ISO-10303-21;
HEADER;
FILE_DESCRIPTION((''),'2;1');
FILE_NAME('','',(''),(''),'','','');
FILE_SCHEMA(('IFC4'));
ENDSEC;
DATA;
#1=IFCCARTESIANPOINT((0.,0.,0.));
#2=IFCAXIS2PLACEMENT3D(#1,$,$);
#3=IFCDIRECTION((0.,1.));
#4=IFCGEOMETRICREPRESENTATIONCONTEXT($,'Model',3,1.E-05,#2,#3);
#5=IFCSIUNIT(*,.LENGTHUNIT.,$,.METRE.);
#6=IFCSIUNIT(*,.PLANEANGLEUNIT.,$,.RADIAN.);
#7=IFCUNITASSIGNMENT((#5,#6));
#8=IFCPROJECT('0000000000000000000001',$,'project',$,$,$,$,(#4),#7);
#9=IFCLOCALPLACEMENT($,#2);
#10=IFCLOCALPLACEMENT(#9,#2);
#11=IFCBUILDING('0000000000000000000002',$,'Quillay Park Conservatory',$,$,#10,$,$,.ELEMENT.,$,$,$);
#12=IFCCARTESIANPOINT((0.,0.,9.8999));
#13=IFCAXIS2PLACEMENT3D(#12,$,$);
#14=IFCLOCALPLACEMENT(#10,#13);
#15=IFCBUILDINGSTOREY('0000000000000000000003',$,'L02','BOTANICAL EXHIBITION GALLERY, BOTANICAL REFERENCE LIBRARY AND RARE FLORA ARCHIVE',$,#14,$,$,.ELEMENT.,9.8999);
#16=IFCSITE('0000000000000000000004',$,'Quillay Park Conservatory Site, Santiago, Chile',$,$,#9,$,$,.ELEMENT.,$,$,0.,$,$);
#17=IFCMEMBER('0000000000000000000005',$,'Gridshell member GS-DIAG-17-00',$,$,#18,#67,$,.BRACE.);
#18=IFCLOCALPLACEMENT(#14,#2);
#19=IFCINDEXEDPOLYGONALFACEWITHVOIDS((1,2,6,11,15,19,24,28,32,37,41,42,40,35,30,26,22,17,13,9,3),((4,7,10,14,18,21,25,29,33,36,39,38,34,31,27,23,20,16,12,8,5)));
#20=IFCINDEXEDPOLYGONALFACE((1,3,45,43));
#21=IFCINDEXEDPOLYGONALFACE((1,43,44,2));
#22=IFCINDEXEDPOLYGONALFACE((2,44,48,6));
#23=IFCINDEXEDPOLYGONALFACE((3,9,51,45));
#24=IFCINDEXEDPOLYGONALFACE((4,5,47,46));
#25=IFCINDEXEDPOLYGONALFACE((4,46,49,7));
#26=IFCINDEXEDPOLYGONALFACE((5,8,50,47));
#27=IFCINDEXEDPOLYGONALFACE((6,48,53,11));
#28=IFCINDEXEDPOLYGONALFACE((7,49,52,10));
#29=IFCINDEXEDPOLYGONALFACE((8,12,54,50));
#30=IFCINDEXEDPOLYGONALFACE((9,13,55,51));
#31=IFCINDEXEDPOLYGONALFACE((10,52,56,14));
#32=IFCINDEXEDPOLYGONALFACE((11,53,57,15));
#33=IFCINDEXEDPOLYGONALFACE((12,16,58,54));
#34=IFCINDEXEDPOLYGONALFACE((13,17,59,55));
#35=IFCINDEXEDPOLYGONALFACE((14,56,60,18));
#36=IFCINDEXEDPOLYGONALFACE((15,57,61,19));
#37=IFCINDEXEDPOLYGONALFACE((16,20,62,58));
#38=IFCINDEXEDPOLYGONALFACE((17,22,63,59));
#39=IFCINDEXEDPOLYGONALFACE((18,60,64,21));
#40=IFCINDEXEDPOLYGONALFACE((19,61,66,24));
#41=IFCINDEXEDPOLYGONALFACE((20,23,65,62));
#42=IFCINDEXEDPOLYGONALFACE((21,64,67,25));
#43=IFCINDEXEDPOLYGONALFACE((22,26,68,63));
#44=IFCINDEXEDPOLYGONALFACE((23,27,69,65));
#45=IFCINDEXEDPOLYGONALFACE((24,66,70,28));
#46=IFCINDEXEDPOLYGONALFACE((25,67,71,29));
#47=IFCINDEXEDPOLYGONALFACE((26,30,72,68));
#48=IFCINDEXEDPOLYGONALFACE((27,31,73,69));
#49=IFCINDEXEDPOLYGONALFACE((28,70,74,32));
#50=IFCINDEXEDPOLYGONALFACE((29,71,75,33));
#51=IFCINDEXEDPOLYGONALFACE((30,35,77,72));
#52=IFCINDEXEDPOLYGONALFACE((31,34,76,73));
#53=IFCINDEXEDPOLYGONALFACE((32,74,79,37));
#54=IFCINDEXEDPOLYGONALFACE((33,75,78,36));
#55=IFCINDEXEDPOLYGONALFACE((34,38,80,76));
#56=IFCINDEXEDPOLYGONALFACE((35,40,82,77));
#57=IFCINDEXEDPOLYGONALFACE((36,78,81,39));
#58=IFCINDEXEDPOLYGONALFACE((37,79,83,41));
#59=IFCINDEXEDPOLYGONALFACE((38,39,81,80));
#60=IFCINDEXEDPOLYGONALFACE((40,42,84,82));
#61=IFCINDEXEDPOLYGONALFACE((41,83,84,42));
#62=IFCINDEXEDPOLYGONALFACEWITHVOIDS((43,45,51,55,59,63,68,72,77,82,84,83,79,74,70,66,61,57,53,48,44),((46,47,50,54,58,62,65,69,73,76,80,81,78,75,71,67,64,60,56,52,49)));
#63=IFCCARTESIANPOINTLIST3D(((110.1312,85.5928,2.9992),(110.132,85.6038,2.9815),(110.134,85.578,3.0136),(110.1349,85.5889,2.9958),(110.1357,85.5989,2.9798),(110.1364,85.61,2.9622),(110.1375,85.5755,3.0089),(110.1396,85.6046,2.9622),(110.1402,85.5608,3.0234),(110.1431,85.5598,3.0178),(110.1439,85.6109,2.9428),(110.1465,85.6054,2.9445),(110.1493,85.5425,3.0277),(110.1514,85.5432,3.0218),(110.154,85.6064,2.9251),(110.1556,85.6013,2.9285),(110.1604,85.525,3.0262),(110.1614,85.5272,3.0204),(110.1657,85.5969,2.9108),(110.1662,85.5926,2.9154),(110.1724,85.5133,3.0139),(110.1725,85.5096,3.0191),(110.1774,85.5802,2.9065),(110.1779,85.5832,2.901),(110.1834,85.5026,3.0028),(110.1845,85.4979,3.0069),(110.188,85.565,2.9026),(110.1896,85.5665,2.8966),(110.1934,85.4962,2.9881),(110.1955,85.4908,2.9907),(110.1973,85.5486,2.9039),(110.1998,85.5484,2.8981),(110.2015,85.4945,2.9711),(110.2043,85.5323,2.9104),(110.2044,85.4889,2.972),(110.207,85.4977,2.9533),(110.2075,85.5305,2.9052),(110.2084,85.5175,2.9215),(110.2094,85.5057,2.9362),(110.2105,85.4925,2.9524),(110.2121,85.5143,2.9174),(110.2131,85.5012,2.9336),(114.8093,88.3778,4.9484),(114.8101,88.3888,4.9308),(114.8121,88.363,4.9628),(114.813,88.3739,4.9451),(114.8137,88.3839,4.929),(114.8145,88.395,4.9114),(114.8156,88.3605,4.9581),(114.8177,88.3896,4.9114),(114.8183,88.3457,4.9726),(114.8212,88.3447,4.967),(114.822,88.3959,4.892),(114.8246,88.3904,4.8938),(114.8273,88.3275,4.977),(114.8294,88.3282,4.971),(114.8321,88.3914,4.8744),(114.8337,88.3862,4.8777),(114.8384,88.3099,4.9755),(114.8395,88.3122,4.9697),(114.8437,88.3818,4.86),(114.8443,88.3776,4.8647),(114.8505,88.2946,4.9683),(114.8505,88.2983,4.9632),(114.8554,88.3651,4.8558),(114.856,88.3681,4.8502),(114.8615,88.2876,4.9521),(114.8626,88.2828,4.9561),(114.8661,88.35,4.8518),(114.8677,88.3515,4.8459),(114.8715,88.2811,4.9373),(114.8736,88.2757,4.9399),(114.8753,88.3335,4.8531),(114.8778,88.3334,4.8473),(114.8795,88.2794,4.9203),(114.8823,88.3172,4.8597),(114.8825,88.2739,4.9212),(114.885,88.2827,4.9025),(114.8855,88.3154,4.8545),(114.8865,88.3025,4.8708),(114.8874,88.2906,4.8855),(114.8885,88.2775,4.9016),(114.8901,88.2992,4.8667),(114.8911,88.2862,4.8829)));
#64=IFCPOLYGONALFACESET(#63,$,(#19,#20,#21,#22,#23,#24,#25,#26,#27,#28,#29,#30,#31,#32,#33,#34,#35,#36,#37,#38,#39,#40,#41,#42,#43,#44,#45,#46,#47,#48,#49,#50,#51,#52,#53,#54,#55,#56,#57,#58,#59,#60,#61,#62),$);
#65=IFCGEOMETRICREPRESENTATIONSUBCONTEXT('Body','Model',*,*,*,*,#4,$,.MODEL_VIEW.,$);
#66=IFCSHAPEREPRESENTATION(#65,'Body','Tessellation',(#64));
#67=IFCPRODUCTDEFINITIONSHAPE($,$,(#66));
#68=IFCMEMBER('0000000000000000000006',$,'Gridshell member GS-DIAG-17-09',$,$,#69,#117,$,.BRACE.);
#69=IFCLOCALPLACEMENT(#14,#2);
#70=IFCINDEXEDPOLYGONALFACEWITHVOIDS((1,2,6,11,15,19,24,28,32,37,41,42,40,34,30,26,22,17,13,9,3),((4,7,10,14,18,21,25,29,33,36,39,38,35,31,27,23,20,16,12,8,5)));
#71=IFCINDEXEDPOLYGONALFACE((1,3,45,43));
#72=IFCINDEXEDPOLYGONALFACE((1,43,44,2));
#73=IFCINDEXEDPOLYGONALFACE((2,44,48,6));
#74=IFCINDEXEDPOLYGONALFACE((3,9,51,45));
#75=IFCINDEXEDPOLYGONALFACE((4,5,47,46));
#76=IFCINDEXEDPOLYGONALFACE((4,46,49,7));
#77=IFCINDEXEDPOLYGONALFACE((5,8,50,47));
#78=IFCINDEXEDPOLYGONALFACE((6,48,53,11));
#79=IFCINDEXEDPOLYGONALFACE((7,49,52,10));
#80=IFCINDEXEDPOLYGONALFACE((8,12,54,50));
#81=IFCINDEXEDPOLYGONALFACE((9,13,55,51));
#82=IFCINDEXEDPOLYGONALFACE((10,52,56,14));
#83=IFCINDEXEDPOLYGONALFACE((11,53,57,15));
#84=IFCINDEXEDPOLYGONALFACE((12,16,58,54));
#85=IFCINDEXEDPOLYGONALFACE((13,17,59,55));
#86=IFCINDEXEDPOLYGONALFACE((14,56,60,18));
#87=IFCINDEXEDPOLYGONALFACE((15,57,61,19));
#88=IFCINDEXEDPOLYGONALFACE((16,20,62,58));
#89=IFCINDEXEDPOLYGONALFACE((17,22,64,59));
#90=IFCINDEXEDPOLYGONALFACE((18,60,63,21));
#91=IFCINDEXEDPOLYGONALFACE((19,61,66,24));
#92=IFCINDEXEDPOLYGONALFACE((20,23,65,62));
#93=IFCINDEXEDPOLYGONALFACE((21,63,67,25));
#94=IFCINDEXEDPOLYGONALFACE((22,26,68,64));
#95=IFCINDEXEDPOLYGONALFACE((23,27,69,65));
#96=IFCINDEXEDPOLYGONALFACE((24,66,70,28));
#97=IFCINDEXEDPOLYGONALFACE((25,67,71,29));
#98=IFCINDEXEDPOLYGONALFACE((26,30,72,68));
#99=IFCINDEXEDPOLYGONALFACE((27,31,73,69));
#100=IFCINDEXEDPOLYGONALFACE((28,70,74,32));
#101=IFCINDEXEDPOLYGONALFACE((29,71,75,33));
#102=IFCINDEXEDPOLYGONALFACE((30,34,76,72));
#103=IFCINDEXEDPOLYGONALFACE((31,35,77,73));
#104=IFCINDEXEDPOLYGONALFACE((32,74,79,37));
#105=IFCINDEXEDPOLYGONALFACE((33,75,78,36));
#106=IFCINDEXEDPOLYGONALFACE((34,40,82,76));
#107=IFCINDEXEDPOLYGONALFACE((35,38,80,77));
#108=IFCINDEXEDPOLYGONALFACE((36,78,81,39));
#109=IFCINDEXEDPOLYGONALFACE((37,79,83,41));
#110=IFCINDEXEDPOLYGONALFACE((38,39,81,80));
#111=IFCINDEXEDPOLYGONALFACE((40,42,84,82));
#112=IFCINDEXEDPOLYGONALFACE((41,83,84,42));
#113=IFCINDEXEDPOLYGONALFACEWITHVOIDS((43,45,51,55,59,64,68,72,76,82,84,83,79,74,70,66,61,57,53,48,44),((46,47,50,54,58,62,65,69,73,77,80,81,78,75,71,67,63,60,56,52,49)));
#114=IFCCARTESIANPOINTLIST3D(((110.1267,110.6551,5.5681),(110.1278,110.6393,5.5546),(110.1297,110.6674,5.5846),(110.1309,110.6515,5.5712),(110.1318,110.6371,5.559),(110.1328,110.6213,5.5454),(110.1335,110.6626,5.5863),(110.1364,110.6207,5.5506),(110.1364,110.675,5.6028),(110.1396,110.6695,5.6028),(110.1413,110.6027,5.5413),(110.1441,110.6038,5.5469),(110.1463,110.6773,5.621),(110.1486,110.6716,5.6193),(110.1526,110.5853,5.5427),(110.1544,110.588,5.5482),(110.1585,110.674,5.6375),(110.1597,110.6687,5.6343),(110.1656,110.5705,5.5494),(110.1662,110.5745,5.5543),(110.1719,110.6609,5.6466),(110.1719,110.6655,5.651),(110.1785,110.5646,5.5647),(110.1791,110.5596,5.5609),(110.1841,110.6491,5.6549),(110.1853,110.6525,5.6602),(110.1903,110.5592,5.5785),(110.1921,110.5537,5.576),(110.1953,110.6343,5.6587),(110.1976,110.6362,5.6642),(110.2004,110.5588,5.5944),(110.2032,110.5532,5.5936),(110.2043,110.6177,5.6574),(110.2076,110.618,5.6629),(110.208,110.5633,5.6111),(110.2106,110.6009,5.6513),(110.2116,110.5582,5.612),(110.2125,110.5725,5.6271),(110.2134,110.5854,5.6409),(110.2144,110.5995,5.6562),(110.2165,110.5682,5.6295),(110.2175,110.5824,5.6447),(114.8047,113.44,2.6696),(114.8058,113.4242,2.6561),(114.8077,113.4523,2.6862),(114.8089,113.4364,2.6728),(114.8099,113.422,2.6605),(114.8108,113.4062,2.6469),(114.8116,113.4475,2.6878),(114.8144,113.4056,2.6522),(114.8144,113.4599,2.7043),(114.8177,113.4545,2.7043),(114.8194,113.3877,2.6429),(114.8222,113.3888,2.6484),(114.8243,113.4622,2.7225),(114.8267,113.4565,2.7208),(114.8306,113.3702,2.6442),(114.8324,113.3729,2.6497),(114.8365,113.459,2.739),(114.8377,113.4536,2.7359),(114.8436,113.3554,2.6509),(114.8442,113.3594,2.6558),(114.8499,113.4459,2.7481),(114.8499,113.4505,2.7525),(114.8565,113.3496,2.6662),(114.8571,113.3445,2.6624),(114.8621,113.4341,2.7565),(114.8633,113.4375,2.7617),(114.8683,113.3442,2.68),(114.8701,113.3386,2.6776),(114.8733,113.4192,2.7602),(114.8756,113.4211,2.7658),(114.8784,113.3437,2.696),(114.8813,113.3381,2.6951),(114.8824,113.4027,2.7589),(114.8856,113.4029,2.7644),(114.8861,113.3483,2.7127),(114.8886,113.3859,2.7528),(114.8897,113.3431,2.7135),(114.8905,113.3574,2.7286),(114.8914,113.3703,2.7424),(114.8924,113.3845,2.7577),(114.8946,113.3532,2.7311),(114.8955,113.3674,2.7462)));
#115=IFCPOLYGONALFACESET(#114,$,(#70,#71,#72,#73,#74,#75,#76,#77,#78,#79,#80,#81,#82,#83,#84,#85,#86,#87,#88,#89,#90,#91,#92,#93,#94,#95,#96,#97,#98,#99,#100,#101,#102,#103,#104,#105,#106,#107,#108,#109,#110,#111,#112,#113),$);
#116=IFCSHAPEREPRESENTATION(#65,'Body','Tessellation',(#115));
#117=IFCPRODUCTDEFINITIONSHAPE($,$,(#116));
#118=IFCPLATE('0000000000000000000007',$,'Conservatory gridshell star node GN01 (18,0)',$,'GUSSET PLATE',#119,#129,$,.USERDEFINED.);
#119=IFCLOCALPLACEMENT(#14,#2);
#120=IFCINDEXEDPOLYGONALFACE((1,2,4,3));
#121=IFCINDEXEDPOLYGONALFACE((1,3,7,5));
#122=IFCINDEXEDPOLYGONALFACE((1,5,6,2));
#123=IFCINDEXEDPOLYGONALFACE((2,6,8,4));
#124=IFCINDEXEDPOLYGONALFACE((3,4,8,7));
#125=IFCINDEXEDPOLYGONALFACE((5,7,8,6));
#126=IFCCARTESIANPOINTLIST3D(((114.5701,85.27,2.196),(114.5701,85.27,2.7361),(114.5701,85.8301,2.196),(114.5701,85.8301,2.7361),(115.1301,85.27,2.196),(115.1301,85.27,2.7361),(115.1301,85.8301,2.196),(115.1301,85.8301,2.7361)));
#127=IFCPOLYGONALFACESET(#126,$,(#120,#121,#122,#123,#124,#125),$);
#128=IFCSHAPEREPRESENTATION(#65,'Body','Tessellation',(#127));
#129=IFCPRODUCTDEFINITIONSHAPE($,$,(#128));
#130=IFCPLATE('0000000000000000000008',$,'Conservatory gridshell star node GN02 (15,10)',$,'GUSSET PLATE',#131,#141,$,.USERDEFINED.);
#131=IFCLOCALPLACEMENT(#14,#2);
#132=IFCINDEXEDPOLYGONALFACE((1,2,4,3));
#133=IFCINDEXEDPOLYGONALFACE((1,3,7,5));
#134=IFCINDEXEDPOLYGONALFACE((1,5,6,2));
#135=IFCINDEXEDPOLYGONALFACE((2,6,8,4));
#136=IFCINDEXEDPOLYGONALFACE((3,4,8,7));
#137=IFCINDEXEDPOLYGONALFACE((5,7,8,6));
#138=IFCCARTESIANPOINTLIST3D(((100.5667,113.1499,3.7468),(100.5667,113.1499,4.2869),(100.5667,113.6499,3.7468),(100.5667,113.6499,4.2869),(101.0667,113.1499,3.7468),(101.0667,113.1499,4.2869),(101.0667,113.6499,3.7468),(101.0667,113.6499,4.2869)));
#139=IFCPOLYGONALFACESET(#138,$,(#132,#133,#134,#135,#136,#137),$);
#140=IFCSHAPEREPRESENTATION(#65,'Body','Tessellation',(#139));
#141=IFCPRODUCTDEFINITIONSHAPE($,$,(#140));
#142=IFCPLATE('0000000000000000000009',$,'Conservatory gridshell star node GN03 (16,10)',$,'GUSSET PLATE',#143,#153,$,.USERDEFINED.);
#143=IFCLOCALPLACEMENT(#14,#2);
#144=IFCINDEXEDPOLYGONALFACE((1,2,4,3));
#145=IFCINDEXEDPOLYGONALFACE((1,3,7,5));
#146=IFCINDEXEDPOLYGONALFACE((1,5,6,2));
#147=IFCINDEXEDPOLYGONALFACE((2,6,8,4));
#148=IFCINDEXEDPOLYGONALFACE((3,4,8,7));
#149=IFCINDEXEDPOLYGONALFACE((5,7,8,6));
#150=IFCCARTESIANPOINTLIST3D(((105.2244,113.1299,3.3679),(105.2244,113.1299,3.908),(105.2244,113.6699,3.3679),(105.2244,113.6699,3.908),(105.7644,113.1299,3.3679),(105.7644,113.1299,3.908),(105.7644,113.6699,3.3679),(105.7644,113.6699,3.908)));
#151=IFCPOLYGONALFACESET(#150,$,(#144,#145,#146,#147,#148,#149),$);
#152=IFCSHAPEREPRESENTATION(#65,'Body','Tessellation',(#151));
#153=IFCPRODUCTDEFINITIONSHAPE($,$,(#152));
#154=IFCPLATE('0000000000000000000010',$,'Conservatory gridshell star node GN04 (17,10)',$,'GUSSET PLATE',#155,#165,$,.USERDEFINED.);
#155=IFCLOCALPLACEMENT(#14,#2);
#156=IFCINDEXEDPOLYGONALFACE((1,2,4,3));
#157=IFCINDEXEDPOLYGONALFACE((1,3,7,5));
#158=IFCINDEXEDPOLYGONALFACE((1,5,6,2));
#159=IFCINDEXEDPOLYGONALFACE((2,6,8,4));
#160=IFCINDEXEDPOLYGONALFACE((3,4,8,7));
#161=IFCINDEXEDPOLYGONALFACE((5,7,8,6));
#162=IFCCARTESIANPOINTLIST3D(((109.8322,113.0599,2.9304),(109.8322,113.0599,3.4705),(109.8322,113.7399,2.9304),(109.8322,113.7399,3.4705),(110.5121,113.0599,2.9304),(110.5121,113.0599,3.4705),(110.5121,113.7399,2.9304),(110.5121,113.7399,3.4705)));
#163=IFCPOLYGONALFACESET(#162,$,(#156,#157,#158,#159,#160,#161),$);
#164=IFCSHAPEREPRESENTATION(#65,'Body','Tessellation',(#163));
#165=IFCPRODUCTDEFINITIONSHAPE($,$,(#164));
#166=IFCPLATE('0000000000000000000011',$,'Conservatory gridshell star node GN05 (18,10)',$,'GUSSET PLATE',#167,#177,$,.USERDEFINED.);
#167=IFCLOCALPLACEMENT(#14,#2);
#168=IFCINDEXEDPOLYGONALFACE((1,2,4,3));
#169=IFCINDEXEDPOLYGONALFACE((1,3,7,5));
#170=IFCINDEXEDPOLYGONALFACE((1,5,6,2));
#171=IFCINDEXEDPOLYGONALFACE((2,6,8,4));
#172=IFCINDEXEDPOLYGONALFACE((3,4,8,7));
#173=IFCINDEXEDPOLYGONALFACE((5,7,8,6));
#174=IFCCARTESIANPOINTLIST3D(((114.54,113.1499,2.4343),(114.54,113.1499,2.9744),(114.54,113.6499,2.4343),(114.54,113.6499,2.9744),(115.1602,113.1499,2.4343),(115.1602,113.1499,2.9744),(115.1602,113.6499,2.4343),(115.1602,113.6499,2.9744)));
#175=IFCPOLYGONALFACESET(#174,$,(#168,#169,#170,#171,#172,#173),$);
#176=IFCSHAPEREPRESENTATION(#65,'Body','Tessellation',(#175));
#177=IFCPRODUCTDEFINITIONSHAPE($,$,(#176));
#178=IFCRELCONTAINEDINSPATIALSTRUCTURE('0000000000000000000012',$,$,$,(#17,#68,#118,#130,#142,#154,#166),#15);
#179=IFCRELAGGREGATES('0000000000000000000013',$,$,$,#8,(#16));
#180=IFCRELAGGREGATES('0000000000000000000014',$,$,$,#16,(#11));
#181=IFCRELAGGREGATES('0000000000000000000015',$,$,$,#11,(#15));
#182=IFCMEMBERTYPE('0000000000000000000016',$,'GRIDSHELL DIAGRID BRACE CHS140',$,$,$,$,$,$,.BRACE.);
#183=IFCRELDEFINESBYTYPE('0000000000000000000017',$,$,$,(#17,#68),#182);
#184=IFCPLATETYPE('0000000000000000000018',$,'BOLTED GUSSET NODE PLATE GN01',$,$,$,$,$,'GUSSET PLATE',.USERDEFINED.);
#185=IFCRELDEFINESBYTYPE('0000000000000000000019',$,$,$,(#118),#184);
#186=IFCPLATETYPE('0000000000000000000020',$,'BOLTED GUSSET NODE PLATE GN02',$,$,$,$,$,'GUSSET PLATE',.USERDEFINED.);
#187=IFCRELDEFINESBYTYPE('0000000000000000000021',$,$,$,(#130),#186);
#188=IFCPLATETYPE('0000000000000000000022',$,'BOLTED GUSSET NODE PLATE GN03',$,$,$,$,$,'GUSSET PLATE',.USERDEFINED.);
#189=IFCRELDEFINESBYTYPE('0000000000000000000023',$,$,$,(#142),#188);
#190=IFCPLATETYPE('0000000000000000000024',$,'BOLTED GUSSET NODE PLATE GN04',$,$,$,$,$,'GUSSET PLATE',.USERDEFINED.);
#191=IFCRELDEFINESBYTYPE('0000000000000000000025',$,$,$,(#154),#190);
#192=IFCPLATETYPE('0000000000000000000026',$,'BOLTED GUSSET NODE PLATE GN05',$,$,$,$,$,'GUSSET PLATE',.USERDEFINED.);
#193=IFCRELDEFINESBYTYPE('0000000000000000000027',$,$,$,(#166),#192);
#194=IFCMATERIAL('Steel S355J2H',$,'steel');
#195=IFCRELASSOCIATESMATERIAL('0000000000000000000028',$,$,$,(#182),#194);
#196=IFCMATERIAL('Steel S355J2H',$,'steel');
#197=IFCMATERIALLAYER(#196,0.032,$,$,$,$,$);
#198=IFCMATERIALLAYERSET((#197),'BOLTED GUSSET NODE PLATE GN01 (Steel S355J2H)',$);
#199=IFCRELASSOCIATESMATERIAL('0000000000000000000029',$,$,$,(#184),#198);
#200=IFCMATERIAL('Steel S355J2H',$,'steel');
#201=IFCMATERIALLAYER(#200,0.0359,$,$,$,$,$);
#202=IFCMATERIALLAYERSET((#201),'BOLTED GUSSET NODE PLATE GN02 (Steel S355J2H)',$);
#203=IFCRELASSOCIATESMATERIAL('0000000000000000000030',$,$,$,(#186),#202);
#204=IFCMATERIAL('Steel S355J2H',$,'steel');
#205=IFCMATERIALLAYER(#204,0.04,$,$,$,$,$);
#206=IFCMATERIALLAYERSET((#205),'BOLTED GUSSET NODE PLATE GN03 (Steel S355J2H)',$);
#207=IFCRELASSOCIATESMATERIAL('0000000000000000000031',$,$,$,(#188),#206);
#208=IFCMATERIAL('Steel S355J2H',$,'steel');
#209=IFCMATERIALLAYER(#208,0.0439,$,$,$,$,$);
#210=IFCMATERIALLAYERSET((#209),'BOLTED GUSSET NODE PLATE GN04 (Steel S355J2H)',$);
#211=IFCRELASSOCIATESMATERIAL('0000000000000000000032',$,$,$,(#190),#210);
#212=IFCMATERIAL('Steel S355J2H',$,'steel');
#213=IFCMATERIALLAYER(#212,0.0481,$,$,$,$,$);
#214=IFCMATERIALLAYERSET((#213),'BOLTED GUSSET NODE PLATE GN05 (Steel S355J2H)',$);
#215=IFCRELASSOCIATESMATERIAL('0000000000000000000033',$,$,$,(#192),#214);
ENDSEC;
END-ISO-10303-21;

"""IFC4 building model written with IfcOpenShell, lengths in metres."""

from ifc_helpers import new_model, si_unit, direction, frame, origin, origin_2d, place, context, subcontext, project, spatial, rectangle, hollow_circle, extrude, material, layer, layer_set, material_profile, profile_set, type_object, element, save


model = new_model("IFC4")

# Units and contexts
model_context = context("Model", 3, precision=1e-05, world=origin(), true_north=direction((0.0, 1.0)))
body_context = subcontext(model_context, "Body", "Model", "MODEL_VIEW")
ifc_project = project(units=[si_unit("LENGTHUNIT", "METRE"), si_unit("PLANEANGLEUNIT", "RADIAN")], contexts=[model_context])

# Site, building, storey
site_placement = place(None, origin())
site = spatial("IfcSite", under=ifc_project, at=site_placement, Name="Quillay Park Conservatory Site, Santiago, Chile", CompositionType="ELEMENT", RefElevation=0.0)
building_placement = place(site_placement, origin())
building = spatial("IfcBuilding", under=site, at=building_placement, Name="Quillay Park Conservatory", CompositionType="ELEMENT")
storey_placement = place(building_placement, frame((0.0, 0.0, 9.8999)))
storey = spatial("IfcBuildingStorey", under=building, at=storey_placement, Name="L02", Description="BOTANICAL EXHIBITION GALLERY, BOTANICAL REFERENCE LIBRARY AND RARE FLORA ARCHIVE", CompositionType="ELEMENT", Elevation=9.8999)

# Members
ifc_material_1 = material(Name="Steel S355J2H", Category="steel")
ifc_material_profile_1 = material_profile(ifc_material_1, hollow_circle(Radius=0.0698, WallThickness=0.0063, at=origin_2d()), Name="CHS139.7x6.3")
ifc_profile_set_1 = profile_set([ifc_material_profile_1], Name="Steel S355J2H")
member_type_1 = type_object("IfcMemberType", Name="GRIDSHELL DIAGRID BRACE CHS140", PredefinedType="BRACE", material=ifc_profile_set_1)
member_1_placement = place(storey_placement, frame((110.1721, 85.55, 2.9622), z_axis=(0.808972, 0.481601, 0.337082), x_axis=(-0.511538, 0.859261, 0.0)))
element("IfcMember", 1, at=member_1_placement, inside=storey, type_object=member_type_1, Name="Gridshell member GS-DIAG-17-00", PredefinedType="BRACE", context=body_context, shape_type="SweptSolid", body=[
    extrude(hollow_circle(Radius=0.0698, WallThickness=0.0063, at=origin_2d()), origin(), (0.0, 0.0, 1.0), 5.7827),
])
member_2_placement = place(storey_placement, frame((110.1721, 110.615, 5.6028), z_axis=(0.758468, 0.451534, -0.46994), x_axis=(-0.511538, 0.859261, 0.0)))
element("IfcMember", 2, at=member_2_placement, inside=storey, type_object=member_type_1, Name="Gridshell member GS-DIAG-17-09", PredefinedType="BRACE", context=body_context, shape_type="SweptSolid", body=[
    extrude(hollow_circle(Radius=0.0698, WallThickness=0.0063, at=origin_2d()), origin(), (0.0, 0.0, 1.0), 6.1677),
])

# Plates
ifc_material_2 = material(Name="Steel S355J2H", Category="steel")
ifc_layer_1 = layer(ifc_material_2, 0.032)
ifc_layer_set_1 = layer_set([ifc_layer_1], Name="BOLTED GUSSET NODE PLATE GN01 (Steel S355J2H)")
plate_type_1 = type_object("IfcPlateType", Name="BOLTED GUSSET NODE PLATE GN01", ElementType="GUSSET PLATE", PredefinedType="USERDEFINED", material=ifc_layer_set_1)
plate_1_placement = place(storey_placement, frame((114.8501, 85.55, 2.196), z_axis=(0.0, 0.0, 1.0), x_axis=(1.0, 0.0, 0.0)))
element("IfcPlate", 3, at=plate_1_placement, inside=storey, type_object=plate_type_1, Name="Conservatory gridshell star node GN01 (18,0)", ObjectType="GUSSET PLATE", PredefinedType="USERDEFINED", context=body_context, shape_type="SweptSolid", body=[
    extrude(rectangle(XDim=0.5601, YDim=0.5601, at=origin_2d()), origin(), (0.0, 0.0, 1.0), 0.54),
])
ifc_material_3 = material(Name="Steel S355J2H", Category="steel")
ifc_layer_2 = layer(ifc_material_3, 0.0359)
ifc_layer_set_2 = layer_set([ifc_layer_2], Name="BOLTED GUSSET NODE PLATE GN02 (Steel S355J2H)")
plate_type_2 = type_object("IfcPlateType", Name="BOLTED GUSSET NODE PLATE GN02", ElementType="GUSSET PLATE", PredefinedType="USERDEFINED", material=ifc_layer_set_2)
plate_2_placement = place(storey_placement, frame((100.8167, 113.3999, 3.7468), z_axis=(0.0, 0.0, 1.0), x_axis=(1.0, 0.0, 0.0)))
element("IfcPlate", 4, at=plate_2_placement, inside=storey, type_object=plate_type_2, Name="Conservatory gridshell star node GN02 (15,10)", ObjectType="GUSSET PLATE", PredefinedType="USERDEFINED", context=body_context, shape_type="SweptSolid", body=[
    extrude(rectangle(XDim=0.5, YDim=0.5, at=origin_2d()), origin(), (0.0, 0.0, 1.0), 0.54),
])
ifc_material_4 = material(Name="Steel S355J2H", Category="steel")
ifc_layer_3 = layer(ifc_material_4, 0.04)
ifc_layer_set_3 = layer_set([ifc_layer_3], Name="BOLTED GUSSET NODE PLATE GN03 (Steel S355J2H)")
plate_type_3 = type_object("IfcPlateType", Name="BOLTED GUSSET NODE PLATE GN03", ElementType="GUSSET PLATE", PredefinedType="USERDEFINED", material=ifc_layer_set_3)
plate_3_placement = place(storey_placement, frame((105.4944, 113.3999, 3.3679), z_axis=(0.0, 0.0, 1.0), x_axis=(1.0, 0.0, 0.0)))
element("IfcPlate", 5, at=plate_3_placement, inside=storey, type_object=plate_type_3, Name="Conservatory gridshell star node GN03 (16,10)", ObjectType="GUSSET PLATE", PredefinedType="USERDEFINED", context=body_context, shape_type="SweptSolid", body=[
    extrude(rectangle(XDim=0.54, YDim=0.54, at=origin_2d()), origin(), (0.0, 0.0, 1.0), 0.54),
])
ifc_material_5 = material(Name="Steel S355J2H", Category="steel")
ifc_layer_4 = layer(ifc_material_5, 0.0439)
ifc_layer_set_4 = layer_set([ifc_layer_4], Name="BOLTED GUSSET NODE PLATE GN04 (Steel S355J2H)")
plate_type_4 = type_object("IfcPlateType", Name="BOLTED GUSSET NODE PLATE GN04", ElementType="GUSSET PLATE", PredefinedType="USERDEFINED", material=ifc_layer_set_4)
plate_4_placement = place(storey_placement, frame((110.1721, 113.3999, 2.9304), z_axis=(0.0, 0.0, 1.0), x_axis=(1.0, 0.0, 0.0)))
element("IfcPlate", 6, at=plate_4_placement, inside=storey, type_object=plate_type_4, Name="Conservatory gridshell star node GN04 (17,10)", ObjectType="GUSSET PLATE", PredefinedType="USERDEFINED", context=body_context, shape_type="SweptSolid", body=[
    extrude(rectangle(XDim=0.6799, YDim=0.6799, at=origin_2d()), origin(), (0.0, 0.0, 1.0), 0.54),
])
ifc_material_6 = material(Name="Steel S355J2H", Category="steel")
ifc_layer_5 = layer(ifc_material_6, 0.0481)
ifc_layer_set_5 = layer_set([ifc_layer_5], Name="BOLTED GUSSET NODE PLATE GN05 (Steel S355J2H)")
plate_type_5 = type_object("IfcPlateType", Name="BOLTED GUSSET NODE PLATE GN05", ElementType="GUSSET PLATE", PredefinedType="USERDEFINED", material=ifc_layer_set_5)
plate_5_placement = place(storey_placement, frame((114.8501, 113.3999, 2.4343), z_axis=(0.0, 0.0, 1.0), x_axis=(1.0, 0.0, 0.0)))
element("IfcPlate", 7, at=plate_5_placement, inside=storey, type_object=plate_type_5, Name="Conservatory gridshell star node GN05 (18,10)", ObjectType="GUSSET PLATE", PredefinedType="USERDEFINED", context=body_context, shape_type="SweptSolid", body=[
    extrude(rectangle(XDim=0.6201, YDim=0.5, at=origin_2d()), origin(), (0.0, 0.0, 1.0), 0.54),
])

save(model, "model.ifc")
